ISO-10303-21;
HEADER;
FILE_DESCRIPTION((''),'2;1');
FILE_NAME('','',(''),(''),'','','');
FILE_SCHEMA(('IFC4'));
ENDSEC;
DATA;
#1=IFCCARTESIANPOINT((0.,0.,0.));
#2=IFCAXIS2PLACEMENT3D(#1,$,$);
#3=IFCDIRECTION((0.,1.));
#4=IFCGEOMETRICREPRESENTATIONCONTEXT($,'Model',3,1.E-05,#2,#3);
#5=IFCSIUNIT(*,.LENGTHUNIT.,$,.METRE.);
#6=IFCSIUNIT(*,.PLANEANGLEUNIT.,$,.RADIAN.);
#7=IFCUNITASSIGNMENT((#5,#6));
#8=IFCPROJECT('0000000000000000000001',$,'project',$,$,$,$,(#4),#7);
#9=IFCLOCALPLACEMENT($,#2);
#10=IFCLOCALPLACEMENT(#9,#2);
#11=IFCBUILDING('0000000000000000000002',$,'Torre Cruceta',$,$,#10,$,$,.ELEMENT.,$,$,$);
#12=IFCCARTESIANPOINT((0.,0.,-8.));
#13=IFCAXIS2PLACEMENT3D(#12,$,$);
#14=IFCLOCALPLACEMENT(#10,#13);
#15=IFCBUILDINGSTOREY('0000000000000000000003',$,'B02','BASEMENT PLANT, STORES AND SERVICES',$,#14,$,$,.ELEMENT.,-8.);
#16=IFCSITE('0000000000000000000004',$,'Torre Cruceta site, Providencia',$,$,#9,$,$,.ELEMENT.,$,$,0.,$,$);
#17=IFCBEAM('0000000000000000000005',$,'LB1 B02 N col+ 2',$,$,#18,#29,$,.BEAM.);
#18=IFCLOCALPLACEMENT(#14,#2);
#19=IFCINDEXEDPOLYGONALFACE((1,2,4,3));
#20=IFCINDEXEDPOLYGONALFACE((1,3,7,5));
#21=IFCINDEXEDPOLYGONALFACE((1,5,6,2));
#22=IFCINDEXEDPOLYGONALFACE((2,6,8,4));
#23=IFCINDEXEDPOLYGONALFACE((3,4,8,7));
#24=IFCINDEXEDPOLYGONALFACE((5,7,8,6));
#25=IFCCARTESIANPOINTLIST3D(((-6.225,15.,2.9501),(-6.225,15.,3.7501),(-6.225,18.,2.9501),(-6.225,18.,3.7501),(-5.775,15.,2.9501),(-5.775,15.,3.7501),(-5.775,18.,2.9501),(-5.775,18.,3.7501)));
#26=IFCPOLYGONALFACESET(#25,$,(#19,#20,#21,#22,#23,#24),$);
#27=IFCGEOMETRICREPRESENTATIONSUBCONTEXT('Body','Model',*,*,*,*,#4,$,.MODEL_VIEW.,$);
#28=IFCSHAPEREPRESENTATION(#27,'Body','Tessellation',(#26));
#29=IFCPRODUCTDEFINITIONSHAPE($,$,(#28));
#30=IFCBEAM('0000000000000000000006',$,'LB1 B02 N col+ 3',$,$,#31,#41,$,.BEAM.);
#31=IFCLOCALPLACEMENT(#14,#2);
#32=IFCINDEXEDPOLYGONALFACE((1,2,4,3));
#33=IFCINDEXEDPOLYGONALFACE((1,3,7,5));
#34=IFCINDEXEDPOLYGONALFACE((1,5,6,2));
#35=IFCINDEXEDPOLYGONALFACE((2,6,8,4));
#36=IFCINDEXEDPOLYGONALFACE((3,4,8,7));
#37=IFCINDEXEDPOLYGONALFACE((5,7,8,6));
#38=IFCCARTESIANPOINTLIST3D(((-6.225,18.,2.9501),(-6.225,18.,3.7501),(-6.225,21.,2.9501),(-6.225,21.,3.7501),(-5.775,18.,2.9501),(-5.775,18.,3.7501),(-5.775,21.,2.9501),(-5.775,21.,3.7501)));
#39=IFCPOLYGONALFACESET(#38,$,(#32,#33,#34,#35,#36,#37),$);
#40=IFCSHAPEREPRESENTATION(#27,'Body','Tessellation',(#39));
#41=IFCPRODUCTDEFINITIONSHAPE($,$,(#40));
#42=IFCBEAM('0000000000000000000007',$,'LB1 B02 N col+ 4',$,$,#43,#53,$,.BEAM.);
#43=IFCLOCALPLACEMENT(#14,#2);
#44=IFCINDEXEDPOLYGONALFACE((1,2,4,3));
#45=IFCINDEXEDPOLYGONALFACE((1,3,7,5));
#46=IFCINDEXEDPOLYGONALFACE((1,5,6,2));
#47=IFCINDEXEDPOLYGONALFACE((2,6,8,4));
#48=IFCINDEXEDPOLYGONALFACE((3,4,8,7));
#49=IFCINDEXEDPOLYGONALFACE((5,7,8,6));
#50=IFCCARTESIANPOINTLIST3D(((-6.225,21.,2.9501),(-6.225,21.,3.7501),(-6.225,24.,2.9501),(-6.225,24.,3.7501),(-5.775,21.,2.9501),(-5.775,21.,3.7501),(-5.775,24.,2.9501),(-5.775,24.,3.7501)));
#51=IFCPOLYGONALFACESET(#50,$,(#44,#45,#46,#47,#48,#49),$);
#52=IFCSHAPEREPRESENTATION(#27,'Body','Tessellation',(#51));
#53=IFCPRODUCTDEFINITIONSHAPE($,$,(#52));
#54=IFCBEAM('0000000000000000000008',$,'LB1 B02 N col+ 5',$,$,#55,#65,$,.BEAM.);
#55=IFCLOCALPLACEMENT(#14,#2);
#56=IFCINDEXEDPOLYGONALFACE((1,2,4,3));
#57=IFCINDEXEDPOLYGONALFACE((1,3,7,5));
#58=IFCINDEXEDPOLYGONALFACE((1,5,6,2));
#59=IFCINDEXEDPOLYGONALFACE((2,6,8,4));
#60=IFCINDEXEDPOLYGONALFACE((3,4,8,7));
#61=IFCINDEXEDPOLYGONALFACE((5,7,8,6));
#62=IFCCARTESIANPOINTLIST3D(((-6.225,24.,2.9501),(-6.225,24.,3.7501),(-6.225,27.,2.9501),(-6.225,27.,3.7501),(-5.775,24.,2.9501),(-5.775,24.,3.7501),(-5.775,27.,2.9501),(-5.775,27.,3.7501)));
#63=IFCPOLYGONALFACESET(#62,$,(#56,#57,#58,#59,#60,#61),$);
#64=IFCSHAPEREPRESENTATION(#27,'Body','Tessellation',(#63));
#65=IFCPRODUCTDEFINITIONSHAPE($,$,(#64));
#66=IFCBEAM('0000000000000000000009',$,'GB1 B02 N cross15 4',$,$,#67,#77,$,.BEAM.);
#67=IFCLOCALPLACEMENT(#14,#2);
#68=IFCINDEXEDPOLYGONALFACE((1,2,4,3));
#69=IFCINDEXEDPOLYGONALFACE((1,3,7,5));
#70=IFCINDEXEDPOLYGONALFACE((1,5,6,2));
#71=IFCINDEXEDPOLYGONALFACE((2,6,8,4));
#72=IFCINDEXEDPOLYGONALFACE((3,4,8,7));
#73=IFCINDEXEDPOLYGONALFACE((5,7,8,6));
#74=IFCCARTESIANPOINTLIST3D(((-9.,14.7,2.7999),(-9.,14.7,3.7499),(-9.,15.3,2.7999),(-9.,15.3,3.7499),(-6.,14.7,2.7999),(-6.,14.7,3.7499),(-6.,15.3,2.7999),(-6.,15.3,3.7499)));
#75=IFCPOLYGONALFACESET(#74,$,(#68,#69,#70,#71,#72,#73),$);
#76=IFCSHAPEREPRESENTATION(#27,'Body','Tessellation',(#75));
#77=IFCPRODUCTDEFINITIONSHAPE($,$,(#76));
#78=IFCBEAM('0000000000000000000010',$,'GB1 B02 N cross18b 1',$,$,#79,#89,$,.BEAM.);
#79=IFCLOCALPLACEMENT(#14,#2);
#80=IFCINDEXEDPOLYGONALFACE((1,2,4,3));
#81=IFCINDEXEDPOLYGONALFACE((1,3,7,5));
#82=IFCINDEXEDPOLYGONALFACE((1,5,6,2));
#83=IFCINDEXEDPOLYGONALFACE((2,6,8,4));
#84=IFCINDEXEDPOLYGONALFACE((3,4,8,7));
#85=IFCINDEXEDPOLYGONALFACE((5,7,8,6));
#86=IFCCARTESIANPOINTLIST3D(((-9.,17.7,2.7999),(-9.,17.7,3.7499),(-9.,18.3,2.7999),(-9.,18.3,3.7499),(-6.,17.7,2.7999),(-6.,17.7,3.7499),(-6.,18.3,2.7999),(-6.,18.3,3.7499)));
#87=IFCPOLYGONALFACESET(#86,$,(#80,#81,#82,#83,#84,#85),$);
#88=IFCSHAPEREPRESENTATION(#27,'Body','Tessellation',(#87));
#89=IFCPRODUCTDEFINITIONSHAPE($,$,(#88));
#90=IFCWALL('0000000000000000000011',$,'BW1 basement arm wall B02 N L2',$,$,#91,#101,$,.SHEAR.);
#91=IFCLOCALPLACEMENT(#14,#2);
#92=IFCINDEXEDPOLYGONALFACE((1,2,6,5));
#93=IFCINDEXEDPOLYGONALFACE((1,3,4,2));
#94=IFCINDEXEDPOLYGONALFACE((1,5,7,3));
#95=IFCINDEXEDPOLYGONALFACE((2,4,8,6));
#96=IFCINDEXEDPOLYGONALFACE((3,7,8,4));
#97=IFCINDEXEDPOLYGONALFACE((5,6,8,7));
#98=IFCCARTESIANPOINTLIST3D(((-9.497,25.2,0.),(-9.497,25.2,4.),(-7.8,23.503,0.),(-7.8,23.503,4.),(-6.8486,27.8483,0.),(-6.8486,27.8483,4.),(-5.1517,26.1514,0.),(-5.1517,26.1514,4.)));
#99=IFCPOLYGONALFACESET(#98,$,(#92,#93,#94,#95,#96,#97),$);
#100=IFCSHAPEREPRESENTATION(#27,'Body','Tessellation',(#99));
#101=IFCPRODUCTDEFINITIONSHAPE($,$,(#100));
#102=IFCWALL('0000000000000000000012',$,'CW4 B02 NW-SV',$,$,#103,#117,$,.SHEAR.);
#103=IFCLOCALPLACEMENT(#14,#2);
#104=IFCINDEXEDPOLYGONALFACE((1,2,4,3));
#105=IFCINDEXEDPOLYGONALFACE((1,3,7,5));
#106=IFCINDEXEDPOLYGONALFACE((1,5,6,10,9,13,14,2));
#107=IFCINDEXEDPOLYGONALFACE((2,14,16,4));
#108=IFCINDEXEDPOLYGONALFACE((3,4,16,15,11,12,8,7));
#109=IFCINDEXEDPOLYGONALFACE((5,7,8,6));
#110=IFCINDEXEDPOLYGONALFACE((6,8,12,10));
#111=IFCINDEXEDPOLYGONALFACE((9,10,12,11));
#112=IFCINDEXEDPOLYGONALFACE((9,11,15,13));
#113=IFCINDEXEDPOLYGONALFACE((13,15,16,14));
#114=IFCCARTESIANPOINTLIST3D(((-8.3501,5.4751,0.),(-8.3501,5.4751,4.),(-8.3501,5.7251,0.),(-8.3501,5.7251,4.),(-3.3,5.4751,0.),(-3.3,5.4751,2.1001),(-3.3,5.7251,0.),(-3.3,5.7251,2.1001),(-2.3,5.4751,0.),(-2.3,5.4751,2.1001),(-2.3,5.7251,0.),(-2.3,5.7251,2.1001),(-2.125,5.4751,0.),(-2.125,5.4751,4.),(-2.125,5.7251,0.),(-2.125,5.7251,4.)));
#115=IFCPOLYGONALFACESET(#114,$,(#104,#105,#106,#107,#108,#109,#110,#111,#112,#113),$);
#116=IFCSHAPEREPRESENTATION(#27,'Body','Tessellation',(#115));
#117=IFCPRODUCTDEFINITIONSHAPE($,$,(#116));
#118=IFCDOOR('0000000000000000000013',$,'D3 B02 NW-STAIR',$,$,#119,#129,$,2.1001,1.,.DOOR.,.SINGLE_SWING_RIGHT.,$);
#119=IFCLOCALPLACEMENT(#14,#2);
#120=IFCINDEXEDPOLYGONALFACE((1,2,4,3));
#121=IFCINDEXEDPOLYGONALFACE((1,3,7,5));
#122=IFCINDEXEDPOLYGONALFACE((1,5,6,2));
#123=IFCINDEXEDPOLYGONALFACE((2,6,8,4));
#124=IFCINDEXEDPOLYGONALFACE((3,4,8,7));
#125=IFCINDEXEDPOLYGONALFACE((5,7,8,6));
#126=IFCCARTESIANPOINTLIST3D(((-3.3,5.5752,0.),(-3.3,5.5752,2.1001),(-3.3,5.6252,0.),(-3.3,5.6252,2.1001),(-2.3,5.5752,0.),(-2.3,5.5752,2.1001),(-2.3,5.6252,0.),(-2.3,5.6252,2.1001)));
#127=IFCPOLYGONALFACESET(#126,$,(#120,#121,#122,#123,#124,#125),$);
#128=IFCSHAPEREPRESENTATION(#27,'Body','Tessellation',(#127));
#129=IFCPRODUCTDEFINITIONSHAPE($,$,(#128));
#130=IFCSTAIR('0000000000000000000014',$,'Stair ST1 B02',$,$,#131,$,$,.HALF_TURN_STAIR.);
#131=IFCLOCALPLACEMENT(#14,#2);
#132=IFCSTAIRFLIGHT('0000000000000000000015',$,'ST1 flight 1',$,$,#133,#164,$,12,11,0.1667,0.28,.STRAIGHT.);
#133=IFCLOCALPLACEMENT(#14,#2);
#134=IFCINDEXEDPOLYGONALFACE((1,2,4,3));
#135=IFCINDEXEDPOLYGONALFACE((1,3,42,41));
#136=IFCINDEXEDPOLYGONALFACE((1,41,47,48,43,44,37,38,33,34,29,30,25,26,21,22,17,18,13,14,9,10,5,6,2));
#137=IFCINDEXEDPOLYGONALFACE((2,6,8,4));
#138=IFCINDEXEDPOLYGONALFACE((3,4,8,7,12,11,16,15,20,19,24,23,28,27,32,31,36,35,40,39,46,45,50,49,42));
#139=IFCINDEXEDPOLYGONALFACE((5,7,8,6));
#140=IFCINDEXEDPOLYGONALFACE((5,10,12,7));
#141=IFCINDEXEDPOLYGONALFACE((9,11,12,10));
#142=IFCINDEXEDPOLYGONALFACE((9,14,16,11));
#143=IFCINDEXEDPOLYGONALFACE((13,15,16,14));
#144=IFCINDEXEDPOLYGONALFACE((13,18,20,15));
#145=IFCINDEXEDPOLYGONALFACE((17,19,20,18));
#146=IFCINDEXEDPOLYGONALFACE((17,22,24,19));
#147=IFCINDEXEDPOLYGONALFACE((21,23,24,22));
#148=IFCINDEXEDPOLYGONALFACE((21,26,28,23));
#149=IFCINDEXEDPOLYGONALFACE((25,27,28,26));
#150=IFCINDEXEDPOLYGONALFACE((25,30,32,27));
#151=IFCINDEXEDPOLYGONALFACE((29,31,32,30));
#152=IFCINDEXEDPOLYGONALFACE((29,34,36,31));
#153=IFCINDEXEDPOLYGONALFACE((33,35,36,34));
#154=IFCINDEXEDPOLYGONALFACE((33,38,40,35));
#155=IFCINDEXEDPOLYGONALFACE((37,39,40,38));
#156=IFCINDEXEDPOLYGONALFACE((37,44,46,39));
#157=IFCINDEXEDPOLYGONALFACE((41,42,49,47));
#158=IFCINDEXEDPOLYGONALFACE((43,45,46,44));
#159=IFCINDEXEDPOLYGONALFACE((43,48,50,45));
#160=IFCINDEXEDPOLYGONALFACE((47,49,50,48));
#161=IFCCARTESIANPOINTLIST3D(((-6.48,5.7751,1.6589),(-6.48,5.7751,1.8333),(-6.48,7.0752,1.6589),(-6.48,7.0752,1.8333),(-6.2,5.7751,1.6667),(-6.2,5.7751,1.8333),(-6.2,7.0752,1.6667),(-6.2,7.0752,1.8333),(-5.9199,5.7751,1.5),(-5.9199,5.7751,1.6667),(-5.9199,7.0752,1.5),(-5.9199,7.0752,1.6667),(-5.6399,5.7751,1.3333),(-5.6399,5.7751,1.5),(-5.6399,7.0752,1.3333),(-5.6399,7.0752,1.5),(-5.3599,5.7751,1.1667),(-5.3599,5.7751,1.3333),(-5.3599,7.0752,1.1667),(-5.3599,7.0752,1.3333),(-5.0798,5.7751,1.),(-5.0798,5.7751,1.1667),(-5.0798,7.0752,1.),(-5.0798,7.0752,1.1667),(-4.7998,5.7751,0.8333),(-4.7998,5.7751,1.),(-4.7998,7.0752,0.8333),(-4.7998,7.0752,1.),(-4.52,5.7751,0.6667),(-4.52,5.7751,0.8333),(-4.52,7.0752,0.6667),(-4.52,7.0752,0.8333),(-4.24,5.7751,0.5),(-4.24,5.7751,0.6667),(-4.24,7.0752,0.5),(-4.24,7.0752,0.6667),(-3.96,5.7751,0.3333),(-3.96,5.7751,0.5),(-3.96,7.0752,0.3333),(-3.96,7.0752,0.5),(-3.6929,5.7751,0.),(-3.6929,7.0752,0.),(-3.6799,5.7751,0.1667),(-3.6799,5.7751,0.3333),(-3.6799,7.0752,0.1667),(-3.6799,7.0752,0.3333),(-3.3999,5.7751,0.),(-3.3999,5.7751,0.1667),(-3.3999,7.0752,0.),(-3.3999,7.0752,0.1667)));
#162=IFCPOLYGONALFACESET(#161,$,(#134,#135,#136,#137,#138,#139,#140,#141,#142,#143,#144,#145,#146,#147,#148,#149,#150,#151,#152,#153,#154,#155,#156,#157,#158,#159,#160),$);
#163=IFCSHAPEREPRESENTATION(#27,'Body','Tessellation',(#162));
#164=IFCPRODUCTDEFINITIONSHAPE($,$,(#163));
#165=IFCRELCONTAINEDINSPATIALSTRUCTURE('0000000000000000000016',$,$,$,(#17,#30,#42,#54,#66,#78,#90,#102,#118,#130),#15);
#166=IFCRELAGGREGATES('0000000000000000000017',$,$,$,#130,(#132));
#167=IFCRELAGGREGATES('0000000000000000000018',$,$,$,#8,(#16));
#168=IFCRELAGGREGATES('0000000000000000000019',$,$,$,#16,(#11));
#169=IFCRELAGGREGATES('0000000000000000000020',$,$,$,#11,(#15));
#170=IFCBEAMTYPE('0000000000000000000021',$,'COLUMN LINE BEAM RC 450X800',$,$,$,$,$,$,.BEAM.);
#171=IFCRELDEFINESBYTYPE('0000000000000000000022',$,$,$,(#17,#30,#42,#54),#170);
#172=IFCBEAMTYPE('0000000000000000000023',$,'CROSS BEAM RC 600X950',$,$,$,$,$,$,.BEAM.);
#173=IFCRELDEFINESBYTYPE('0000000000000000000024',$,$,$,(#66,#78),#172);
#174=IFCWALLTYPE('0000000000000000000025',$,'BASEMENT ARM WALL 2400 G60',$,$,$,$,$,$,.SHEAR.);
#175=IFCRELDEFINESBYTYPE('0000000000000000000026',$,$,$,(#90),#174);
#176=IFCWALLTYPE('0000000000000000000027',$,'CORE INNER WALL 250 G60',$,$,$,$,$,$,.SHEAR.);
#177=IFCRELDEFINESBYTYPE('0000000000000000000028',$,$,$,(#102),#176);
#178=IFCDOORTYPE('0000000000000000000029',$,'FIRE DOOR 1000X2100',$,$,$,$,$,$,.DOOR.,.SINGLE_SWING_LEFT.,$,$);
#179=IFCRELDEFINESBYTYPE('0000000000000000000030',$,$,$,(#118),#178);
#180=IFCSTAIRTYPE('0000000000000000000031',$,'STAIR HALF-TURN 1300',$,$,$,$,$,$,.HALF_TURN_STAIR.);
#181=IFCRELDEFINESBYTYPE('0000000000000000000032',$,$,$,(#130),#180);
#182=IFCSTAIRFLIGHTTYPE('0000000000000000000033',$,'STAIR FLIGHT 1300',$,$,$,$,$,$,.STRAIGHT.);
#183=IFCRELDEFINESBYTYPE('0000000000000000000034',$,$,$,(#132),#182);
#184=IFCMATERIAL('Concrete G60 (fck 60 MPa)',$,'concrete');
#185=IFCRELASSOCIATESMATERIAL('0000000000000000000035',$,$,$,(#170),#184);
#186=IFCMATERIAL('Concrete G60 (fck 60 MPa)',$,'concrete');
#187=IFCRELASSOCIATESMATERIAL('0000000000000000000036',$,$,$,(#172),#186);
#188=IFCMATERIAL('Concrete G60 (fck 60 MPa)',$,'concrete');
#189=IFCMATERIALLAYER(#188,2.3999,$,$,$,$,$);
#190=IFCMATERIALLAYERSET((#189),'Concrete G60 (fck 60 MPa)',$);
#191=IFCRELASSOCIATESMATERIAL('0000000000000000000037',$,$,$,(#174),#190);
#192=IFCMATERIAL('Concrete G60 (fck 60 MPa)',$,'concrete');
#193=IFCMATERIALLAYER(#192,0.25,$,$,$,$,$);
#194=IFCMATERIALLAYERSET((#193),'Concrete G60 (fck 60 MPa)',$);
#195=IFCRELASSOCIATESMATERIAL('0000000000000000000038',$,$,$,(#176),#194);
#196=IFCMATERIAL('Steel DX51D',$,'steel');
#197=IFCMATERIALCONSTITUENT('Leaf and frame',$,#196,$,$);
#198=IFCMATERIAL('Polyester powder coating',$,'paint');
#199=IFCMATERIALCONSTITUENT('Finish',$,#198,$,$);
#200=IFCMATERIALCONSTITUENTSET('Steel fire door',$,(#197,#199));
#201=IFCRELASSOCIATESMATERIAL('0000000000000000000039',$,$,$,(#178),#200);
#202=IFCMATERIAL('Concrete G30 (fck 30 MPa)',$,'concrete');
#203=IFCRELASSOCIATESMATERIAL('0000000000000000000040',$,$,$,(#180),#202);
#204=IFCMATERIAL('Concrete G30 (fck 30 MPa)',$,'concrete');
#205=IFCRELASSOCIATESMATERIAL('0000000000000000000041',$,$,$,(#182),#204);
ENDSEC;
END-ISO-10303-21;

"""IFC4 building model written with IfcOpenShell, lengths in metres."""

from ifc_helpers import new_model, si_unit, direction, frame, frame_2d, origin, origin_2d, place, context, subcontext, project, spatial, polyline, rectangle, outline, extrude, material, layer, layer_set, constituent, constituent_set, material_profile, profile_set, type_object, element, fill, aggregate, save


model = new_model("IFC4")

# Units and contexts
model_context = context("Model", 3, precision=1e-05, world=origin(), true_north=direction((0.0, 1.0)))
body_context = subcontext(model_context, "Body", "Model", "MODEL_VIEW")
ifc_project = project(units=[si_unit("LENGTHUNIT", "METRE"), si_unit("PLANEANGLEUNIT", "RADIAN")], contexts=[model_context])

# Site, building, storey
site_placement = place(None, origin())
site = spatial("IfcSite", under=ifc_project, at=site_placement, Name="Torre Cruceta site, Providencia", CompositionType="ELEMENT", RefElevation=0.0)
building_placement = place(site_placement, origin())
building = spatial("IfcBuilding", under=site, at=building_placement, Name="Torre Cruceta", CompositionType="ELEMENT")
storey_placement = place(building_placement, frame((0.0, 0.0, -8.0)))
storey = spatial("IfcBuildingStorey", under=building, at=storey_placement, Name="B02", Description="BASEMENT PLANT, STORES AND SERVICES", CompositionType="ELEMENT", Elevation=-8.0)

# Beams
ifc_material_1 = material(Name="Concrete G60 (fck 60 MPa)", Category="concrete")
ifc_material_profile_1 = material_profile(ifc_material_1, rectangle(XDim=0.45, YDim=0.8, at=origin_2d()), Name="RC 450X800")
ifc_profile_set_1 = profile_set([ifc_material_profile_1], Name="Concrete G60 (fck 60 MPa)")
beam_type_1 = type_object("IfcBeamType", Name="COLUMN LINE BEAM RC 450X800", PredefinedType="BEAM", material=ifc_profile_set_1)
for number, where, z_axis, x_axis, name in (
    (1, (-6.0, 15.0, 3.3501), (0.0, 1.0, 0.0), (-1.0, 0.0, 0.0), "LB1 B02 N col+ 2"),
    (2, (-6.0, 18.0, 3.3501), (0.0, 1.0, 0.0), (-1.0, 0.0, 0.0), "LB1 B02 N col+ 3"),
    (3, (-6.0, 21.0, 3.3501), (0.0, 1.0, 0.0), (-1.0, 0.0, 0.0), "LB1 B02 N col+ 4"),
    (4, (-6.0, 24.0, 3.3501), (0.0, 1.0, 0.0), (-1.0, 0.0, 0.0), "LB1 B02 N col+ 5"),
):
    element("IfcBeam", number, at=place(storey_placement, frame(where, z_axis=z_axis, x_axis=x_axis)), inside=storey, type_object=beam_type_1, Name=name, PredefinedType="BEAM", context=body_context, shape_type="SweptSolid", body=[
        extrude(rectangle(XDim=0.45, YDim=0.8, at=origin_2d()), origin(), (0.0, 0.0, 1.0), 3.0),
    ])
ifc_material_2 = material(Name="Concrete G60 (fck 60 MPa)", Category="concrete")
ifc_material_profile_2 = material_profile(ifc_material_2, rectangle(XDim=0.6001, YDim=0.95, at=origin_2d()), Name="RC 600X950")
ifc_profile_set_2 = profile_set([ifc_material_profile_2], Name="Concrete G60 (fck 60 MPa)")
beam_type_2 = type_object("IfcBeamType", Name="CROSS BEAM RC 600X950", PredefinedType="BEAM", material=ifc_profile_set_2)
for number, where, z_axis, x_axis, name in (
    (5, (-6.0, 15.0, 3.2749), (-1.0, 0.0, 0.0), (0.0, -1.0, 0.0), "GB1 B02 N cross15 4"),
    (6, (-6.0, 18.0, 3.2749), (-1.0, 0.0, 0.0), (0.0, -1.0, 0.0), "GB1 B02 N cross18b 1"),
):
    element("IfcBeam", number, at=place(storey_placement, frame(where, z_axis=z_axis, x_axis=x_axis)), inside=storey, type_object=beam_type_2, Name=name, PredefinedType="BEAM", context=body_context, shape_type="SweptSolid", body=[
        extrude(rectangle(XDim=0.6001, YDim=0.95, at=origin_2d()), origin(), (0.0, 0.0, 1.0), 3.0),
    ])

# Wall
ifc_material_3 = material(Name="Concrete G60 (fck 60 MPa)", Category="concrete")
ifc_layer_1 = layer(ifc_material_3, 2.3999)
ifc_layer_set_1 = layer_set([ifc_layer_1], Name="Concrete G60 (fck 60 MPa)")
wall_type_1 = type_object("IfcWallType", Name="BASEMENT ARM WALL 2400 G60", PredefinedType="SHEAR", material=ifc_layer_set_1)
wall_1_placement = place(storey_placement, frame((-8.6484, 24.3516, 0.0), z_axis=(0.0, 0.0, 1.0), x_axis=(0.707107, 0.707107, 0.0)))
element("IfcWall", 7, at=wall_1_placement, inside=storey, type_object=wall_type_1, Name="BW1 basement arm wall B02 N L2", PredefinedType="SHEAR", context=body_context, shape_type="SweptSolid", body=[
    extrude(rectangle(XDim=3.7454, YDim=2.3999, at=frame_2d((1.8726, 0.0))), origin(), (0.0, 0.0, 1.0), 4.0),
])

# Wall, opening, door
ifc_material_4 = material(Name="Concrete G60 (fck 60 MPa)", Category="concrete")
ifc_layer_2 = layer(ifc_material_4, 0.25)
ifc_layer_set_2 = layer_set([ifc_layer_2], Name="Concrete G60 (fck 60 MPa)")
wall_type_2 = type_object("IfcWallType", Name="CORE INNER WALL 250 G60", PredefinedType="SHEAR", material=ifc_layer_set_2)
wall_2_placement = place(storey_placement, frame((-2.125, 5.6001, 0.0), z_axis=(0.0, 0.0, 1.0), x_axis=(-1.0, 0.0, 0.0)))
wall_2 = element("IfcWall", 8, at=wall_2_placement, inside=storey, type_object=wall_type_2, Name="CW4 B02 NW-SV", PredefinedType="SHEAR", context=body_context, shape_type="SweptSolid", body=[
    extrude(rectangle(XDim=6.2251, YDim=0.25, at=frame_2d((3.1125, 0.0))), origin(), (0.0, 0.0, 1.0), 4.0),
])
opening_placement = place(wall_2_placement, frame((0.175, 0.0, 0.0)))
opening = element("IfcOpeningElement", 9, at=opening_placement, cuts=wall_2, PredefinedType="OPENING", context=body_context, shape_type="SweptSolid", body=[
    extrude(rectangle(XDim=1.0, YDim=2.1001, at=frame_2d((0.5, 1.05))), frame((0.0, 0.135, 0.0), z_axis=(0.0, -1.0, 0.0), x_axis=(1.0, 0.0, 0.0)), (0.0, 0.0, 1.0), 0.27),
])
ifc_material_5 = material(Name="Steel DX51D", Category="steel")
ifc_constituent_1 = constituent(ifc_material_5, Name="Leaf and frame")
ifc_material_6 = material(Name="Polyester powder coating", Category="paint")
ifc_constituent_2 = constituent(ifc_material_6, Name="Finish")
ifc_constituent_set = constituent_set(constituents=[ifc_constituent_1, ifc_constituent_2], Name="Steel fire door")
door_type = type_object("IfcDoorType", Name="FIRE DOOR 1000X2100", OperationType="SINGLE_SWING_LEFT", PredefinedType="DOOR", material=ifc_constituent_set)
door_placement = place(opening_placement, frame((1.0, 0.0, 0.0), z_axis=(0.0, 0.0, 1.0), x_axis=(-1.0, 0.0, 0.0)))
door = element("IfcDoor", 10, at=door_placement, inside=storey, type_object=door_type, Name="D3 B02 NW-STAIR", OperationType="SINGLE_SWING_RIGHT", OverallHeight=2.1001, OverallWidth=1.0, PredefinedType="DOOR", context=body_context, shape_type="SweptSolid", body=[
    extrude(rectangle(XDim=1.0, YDim=2.1001, at=frame_2d((0.5, 1.05))), frame((0.0, 0.0251, 0.0), z_axis=(0.0, -1.0, 0.0), x_axis=(1.0, 0.0, 0.0)), (0.0, 0.0, 1.0), 0.05),
])
fill(opening, door)

# Stair, stair flight
ifc_material_7 = material(Name="Concrete G30 (fck 30 MPa)", Category="concrete")
stair_type = type_object("IfcStairType", Name="STAIR HALF-TURN 1300", PredefinedType="HALF_TURN_STAIR", material=ifc_material_7)
stair_placement = place(storey_placement, origin())
stair = element("IfcStair", 11, at=stair_placement, inside=storey, type_object=stair_type, Name="Stair ST1 B02", PredefinedType="HALF_TURN_STAIR")
ifc_material_8 = material(Name="Concrete G30 (fck 30 MPa)", Category="concrete")
stair_flight_type = type_object("IfcStairFlightType", Name="STAIR FLIGHT 1300", PredefinedType="STRAIGHT", material=ifc_material_8)
stair_flight_1_placement = place(storey_placement, frame((-3.3999, 6.425, 0.0), z_axis=(0.0, 0.0, 1.0), x_axis=(-1.0, 0.0, 0.0)))
stair_flight_1 = element("IfcStairFlight", 12, at=stair_flight_1_placement, type_object=stair_flight_type, Name="ST1 flight 1", NumberOfRisers=12, NumberOfTreads=11, PredefinedType="STRAIGHT", RiserHeight=0.1667, TreadLength=0.28, context=body_context, shape_type="SweptSolid", body=[
    extrude(outline(polyline([(0.0, 0.0), (0.0, 0.1667), (0.28, 0.1667), (0.28, 0.3333), (0.5601, 0.3333), (0.5601, 0.5), (0.8401, 0.5), (0.8401, 0.6667), (1.1201, 0.6667), (1.1201, 0.8333), (1.3999, 0.8333), (1.3999, 1.0), (1.6799, 1.0), (1.6799, 1.1667), (1.96, 1.1667), (1.96, 1.3333), (2.24, 1.3333), (2.24, 1.5), (2.52, 1.5), (2.52, 1.6667), (2.8, 1.6667), (2.8, 1.8333), (3.0801, 1.8333), (3.0801, 2.0), (3.0801, 1.6589), (0.293, 0.0), (0.0, 0.0)])), frame((0.0, 0.6499, 0.0), z_axis=(0.0, -1.0, 0.0), x_axis=(1.0, 0.0, 0.0)), (0.0, 0.0, 1.0), 1.3),
])
aggregate(stair, [stair_flight_1])

save(model, "model.ifc")
